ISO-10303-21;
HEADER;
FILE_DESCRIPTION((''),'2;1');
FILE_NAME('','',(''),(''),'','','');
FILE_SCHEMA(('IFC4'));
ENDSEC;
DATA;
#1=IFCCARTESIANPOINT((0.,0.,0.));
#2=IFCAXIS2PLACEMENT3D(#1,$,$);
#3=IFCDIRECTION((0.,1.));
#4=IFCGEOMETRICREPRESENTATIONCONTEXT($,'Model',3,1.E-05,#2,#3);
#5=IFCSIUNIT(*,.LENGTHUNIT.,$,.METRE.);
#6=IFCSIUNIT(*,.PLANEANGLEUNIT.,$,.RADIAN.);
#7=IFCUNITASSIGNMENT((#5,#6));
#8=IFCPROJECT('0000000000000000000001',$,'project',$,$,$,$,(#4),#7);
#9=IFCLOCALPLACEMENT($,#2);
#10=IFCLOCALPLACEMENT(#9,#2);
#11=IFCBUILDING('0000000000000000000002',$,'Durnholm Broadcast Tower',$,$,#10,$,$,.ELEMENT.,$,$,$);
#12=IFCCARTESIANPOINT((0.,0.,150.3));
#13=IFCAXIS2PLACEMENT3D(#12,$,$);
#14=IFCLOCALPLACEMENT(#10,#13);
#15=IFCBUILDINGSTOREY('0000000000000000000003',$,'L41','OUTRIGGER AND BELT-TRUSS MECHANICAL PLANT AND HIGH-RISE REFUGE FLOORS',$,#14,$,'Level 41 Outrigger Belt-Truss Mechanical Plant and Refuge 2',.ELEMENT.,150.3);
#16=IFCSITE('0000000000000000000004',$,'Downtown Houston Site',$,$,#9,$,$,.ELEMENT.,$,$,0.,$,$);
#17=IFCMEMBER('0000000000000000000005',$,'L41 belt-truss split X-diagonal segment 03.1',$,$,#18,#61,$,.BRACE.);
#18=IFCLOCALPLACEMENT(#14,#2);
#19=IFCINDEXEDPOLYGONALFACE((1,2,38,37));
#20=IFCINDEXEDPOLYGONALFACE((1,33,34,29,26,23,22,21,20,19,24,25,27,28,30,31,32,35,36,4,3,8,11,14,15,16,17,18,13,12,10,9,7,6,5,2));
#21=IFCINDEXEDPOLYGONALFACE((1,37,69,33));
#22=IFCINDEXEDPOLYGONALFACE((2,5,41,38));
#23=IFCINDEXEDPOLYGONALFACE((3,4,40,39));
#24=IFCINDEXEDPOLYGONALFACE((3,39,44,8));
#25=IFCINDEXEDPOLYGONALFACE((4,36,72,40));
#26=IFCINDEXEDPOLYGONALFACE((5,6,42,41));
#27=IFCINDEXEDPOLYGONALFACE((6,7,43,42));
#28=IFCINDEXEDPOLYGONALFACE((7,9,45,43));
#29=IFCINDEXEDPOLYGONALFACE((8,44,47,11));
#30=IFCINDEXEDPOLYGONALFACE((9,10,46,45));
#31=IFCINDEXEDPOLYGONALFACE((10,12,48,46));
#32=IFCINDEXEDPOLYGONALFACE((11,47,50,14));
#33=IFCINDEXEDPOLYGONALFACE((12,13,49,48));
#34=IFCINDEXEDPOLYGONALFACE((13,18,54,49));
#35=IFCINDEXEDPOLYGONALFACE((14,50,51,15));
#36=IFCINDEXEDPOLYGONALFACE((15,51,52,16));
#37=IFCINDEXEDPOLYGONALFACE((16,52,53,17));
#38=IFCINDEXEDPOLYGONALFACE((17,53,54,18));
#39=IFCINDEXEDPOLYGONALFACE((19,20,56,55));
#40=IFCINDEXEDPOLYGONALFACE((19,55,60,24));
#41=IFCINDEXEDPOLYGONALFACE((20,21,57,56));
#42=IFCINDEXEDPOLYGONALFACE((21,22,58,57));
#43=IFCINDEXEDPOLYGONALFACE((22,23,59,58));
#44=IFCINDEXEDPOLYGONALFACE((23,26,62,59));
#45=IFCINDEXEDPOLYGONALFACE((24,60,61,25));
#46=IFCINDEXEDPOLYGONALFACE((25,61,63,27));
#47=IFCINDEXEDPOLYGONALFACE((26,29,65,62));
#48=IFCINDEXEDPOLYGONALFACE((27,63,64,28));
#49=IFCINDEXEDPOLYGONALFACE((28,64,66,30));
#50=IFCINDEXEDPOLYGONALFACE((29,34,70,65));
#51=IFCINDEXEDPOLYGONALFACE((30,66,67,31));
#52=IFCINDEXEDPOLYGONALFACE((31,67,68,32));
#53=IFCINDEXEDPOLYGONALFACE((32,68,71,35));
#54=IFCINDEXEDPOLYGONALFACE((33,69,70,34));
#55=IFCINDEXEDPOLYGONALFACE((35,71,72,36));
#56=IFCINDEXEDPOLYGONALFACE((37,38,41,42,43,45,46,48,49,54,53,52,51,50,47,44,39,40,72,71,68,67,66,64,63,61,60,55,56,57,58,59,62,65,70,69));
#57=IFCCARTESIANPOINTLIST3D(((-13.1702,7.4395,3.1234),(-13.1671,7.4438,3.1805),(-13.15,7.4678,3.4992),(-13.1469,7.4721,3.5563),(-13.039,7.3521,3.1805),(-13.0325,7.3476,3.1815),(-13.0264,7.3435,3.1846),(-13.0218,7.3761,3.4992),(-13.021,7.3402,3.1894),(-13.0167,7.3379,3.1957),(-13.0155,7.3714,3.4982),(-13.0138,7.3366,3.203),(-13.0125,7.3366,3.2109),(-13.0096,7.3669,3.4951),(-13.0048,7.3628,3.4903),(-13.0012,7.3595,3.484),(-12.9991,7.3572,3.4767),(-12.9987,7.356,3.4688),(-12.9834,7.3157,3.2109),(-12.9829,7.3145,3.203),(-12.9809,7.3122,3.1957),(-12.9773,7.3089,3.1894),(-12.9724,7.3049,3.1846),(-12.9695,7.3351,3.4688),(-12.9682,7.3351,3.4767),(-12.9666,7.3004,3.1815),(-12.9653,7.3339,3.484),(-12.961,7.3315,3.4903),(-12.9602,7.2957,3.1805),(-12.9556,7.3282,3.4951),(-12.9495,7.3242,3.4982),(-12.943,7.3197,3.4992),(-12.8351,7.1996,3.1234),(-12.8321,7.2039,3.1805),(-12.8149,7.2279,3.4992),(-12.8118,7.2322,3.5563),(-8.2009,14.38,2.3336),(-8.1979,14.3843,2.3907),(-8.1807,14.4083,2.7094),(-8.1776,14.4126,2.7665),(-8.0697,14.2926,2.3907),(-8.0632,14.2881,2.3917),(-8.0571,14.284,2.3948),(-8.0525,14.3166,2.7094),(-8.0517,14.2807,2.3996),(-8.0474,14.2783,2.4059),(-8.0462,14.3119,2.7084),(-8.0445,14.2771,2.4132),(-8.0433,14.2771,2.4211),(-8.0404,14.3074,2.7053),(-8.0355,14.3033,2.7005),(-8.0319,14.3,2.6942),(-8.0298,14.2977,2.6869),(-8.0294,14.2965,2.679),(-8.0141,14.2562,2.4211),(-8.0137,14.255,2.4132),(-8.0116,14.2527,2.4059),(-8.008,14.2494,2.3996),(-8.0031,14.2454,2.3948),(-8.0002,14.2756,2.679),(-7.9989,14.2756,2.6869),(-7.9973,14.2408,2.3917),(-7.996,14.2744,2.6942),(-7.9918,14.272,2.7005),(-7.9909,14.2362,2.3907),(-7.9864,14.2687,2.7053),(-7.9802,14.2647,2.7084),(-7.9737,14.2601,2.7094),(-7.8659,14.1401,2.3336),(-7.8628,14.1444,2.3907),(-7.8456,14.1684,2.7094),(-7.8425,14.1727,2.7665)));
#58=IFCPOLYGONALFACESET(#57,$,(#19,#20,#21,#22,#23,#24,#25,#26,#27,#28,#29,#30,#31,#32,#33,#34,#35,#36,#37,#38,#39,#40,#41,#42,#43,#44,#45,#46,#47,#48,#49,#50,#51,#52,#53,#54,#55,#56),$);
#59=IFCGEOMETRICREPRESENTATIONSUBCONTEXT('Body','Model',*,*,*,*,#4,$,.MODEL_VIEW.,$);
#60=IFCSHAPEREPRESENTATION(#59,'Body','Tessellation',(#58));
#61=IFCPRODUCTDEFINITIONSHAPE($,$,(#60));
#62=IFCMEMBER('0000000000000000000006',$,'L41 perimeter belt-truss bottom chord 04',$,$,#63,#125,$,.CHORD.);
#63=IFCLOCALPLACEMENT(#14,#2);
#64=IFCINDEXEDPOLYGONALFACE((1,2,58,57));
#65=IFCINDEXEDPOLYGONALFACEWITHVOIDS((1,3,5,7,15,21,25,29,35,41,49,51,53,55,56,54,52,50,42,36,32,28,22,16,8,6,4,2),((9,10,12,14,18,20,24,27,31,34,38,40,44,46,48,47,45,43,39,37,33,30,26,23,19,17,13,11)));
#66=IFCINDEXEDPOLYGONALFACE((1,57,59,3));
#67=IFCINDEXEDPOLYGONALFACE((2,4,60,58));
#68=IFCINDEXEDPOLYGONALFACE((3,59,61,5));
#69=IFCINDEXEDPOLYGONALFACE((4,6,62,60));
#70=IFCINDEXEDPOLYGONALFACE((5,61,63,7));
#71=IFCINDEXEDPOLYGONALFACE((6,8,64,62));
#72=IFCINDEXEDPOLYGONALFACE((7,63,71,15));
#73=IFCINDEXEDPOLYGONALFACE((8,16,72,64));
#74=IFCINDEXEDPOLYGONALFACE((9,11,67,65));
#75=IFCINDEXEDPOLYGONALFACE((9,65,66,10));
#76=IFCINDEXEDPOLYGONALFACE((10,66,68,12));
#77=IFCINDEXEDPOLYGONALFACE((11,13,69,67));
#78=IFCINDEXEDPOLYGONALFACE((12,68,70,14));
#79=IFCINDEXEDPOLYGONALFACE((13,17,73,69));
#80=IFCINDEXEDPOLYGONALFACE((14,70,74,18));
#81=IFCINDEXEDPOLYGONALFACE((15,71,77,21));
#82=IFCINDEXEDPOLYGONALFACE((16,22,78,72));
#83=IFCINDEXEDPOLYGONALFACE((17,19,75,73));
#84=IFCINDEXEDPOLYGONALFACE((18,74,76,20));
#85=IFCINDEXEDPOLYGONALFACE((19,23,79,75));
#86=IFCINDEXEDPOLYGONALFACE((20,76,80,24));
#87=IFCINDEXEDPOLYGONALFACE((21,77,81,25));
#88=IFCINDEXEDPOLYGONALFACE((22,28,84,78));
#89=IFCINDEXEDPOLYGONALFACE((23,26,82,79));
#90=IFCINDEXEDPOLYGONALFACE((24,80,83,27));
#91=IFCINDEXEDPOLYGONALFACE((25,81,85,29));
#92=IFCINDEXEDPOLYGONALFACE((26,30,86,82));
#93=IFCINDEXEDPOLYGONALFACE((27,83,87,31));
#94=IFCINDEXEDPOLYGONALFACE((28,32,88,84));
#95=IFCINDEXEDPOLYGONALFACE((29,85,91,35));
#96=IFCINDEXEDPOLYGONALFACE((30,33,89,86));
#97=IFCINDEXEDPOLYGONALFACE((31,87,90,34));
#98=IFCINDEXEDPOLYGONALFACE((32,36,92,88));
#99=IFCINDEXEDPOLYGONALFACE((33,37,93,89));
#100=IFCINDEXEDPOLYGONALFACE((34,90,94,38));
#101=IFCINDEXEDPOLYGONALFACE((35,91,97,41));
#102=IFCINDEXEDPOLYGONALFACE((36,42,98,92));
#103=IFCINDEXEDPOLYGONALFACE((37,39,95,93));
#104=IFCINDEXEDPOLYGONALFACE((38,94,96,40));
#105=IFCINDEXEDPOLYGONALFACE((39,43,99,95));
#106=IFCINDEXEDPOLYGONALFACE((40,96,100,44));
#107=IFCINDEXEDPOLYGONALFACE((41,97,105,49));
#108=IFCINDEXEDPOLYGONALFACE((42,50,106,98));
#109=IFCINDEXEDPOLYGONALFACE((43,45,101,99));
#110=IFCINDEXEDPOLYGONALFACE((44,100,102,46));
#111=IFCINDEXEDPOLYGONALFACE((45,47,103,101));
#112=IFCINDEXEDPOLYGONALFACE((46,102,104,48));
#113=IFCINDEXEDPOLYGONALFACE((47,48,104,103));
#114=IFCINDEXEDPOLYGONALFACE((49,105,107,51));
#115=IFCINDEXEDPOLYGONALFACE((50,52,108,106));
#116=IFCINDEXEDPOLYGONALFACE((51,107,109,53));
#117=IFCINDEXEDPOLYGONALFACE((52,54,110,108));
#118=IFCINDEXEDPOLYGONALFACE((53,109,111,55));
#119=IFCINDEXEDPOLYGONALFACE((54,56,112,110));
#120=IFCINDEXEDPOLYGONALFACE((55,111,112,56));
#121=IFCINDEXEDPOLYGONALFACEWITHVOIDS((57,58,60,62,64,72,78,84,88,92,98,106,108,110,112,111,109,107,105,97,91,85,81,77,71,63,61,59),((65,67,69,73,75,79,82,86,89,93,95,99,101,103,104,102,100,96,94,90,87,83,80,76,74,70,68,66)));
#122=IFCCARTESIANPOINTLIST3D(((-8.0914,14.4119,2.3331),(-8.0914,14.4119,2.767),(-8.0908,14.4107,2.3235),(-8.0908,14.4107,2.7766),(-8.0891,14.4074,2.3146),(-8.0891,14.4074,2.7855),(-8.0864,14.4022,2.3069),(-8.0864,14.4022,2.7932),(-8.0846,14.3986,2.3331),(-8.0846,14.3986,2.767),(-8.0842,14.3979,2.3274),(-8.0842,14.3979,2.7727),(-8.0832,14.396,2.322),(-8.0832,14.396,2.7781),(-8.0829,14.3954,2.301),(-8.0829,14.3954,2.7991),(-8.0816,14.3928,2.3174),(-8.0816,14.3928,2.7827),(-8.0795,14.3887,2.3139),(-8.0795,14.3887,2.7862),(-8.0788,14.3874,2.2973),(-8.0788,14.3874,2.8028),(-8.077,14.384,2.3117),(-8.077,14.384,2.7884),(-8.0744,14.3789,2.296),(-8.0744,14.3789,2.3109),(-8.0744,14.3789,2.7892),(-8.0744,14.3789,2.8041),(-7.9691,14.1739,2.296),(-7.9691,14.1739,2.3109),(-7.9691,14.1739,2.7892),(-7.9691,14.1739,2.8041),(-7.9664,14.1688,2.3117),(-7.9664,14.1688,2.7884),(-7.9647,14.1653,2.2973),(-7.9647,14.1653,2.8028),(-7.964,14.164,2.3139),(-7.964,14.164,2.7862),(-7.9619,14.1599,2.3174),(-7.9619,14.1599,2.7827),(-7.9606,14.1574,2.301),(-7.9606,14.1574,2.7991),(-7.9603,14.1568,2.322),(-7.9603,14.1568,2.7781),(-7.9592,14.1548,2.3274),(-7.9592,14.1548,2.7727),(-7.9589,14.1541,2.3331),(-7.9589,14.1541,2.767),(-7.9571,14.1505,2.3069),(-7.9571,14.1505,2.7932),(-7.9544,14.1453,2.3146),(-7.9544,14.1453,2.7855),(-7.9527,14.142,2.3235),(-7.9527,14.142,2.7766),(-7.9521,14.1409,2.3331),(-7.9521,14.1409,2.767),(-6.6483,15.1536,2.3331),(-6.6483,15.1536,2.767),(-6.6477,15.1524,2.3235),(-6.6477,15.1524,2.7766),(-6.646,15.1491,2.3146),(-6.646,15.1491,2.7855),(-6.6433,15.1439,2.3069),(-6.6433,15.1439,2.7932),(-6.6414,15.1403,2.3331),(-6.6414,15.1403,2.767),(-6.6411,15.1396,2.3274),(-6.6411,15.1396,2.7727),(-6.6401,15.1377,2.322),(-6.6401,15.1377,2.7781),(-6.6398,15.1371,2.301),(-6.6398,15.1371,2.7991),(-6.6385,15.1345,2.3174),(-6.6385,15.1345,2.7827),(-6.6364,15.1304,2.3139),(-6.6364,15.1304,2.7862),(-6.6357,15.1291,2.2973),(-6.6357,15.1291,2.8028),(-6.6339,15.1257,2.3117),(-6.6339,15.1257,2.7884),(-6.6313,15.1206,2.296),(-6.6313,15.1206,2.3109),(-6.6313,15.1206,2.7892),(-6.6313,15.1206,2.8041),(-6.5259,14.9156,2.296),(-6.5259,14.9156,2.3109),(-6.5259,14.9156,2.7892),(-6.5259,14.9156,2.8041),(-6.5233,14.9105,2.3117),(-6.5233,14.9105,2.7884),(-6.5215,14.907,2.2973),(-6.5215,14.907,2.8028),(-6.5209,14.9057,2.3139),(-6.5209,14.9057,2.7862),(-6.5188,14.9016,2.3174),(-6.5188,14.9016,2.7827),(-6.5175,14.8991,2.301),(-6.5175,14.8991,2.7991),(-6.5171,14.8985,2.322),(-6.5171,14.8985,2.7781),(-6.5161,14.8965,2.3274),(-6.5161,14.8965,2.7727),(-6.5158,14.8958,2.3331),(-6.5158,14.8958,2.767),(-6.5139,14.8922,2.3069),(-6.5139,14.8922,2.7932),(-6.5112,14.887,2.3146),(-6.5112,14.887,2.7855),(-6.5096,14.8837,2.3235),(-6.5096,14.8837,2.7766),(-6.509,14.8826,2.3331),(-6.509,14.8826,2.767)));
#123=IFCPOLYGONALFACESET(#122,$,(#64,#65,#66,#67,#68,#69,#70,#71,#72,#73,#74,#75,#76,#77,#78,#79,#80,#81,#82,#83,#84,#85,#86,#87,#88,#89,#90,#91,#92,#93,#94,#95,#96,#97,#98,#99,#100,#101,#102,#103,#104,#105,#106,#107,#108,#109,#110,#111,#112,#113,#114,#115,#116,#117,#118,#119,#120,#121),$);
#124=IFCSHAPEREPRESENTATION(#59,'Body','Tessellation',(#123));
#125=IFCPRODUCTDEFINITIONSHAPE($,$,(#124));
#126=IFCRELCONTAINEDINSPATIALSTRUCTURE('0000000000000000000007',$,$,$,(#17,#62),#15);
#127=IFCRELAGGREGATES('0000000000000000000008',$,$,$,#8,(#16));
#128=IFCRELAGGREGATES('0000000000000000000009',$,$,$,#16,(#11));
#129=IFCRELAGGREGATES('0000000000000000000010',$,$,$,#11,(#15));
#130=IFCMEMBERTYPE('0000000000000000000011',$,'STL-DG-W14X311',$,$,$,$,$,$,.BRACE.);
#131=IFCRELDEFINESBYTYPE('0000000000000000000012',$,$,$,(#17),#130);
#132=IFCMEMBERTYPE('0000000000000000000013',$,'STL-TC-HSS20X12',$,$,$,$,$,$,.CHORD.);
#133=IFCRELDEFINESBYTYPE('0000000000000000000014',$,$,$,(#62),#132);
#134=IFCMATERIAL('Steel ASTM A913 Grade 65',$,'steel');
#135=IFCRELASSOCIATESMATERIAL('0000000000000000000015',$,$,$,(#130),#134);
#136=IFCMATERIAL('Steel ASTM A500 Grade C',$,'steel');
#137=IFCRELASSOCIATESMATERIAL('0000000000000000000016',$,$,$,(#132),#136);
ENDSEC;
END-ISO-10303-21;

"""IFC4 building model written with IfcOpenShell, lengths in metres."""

from ifc_helpers import new_model, si_unit, direction, frame, origin, origin_2d, place, context, subcontext, project, spatial, hollow_rectangle, i_section, extrude, source, transform, mapped, material, material_profile, profile_set, type_object, type_shapes, element, save


model = new_model("IFC4")

# Units and contexts
model_context = context("Model", 3, precision=1e-05, world=origin(), true_north=direction((0.0, 1.0)))
body_context = subcontext(model_context, "Body", "Model", "MODEL_VIEW")
ifc_project = project(units=[si_unit("LENGTHUNIT", "METRE"), si_unit("PLANEANGLEUNIT", "RADIAN")], contexts=[model_context])

# Site, building, storey
site_placement = place(None, origin())
site = spatial("IfcSite", under=ifc_project, at=site_placement, Name="Downtown Houston Site", CompositionType="ELEMENT", RefElevation=0.0)
building_placement = place(site_placement, origin())
building = spatial("IfcBuilding", under=site, at=building_placement, Name="Durnholm Broadcast Tower", CompositionType="ELEMENT")
storey_placement = place(building_placement, frame((0.0, 0.0, 150.3)))
storey = spatial("IfcBuildingStorey", under=building, at=storey_placement, Name="L41", Description="OUTRIGGER AND BELT-TRUSS MECHANICAL PLANT AND HIGH-RISE REFUGE FLOORS", LongName="Level 41 Outrigger Belt-Truss Mechanical Plant and Refuge 2", CompositionType="ELEMENT", Elevation=150.3)

# Members
ifc_material_1 = material(Name="Steel ASTM A913 Grade 65", Category="steel")
ifc_material_profile_1 = material_profile(ifc_material_1, i_section(OverallWidth=0.4121, OverallDepth=0.4348, WebThickness=0.0359, FlangeThickness=0.0574, FilletRadius=0.0305, at=origin_2d()), Name="W14X311")
ifc_profile_set_1 = profile_set([ifc_material_profile_1], Name="Steel ASTM A913 Grade 65")
member_type_1 = type_object("IfcMemberType", Name="STL-DG-W14X311", PredefinedType="BRACE", material=ifc_profile_set_1)
shared_shape_1 = source(origin(), body_context, "Body", "SweptSolid", [
    extrude(i_section(OverallWidth=0.4121, OverallDepth=0.4348, WebThickness=0.0359, FlangeThickness=0.0574, FilletRadius=0.0305, at=origin_2d()), origin(), (0.0, 0.0, 1.0), 8.5725),
])
member_1_placement = place(storey_placement, frame((-8.0217, 14.2764, 2.55), z_axis=(-0.579676, -0.809622, 0.092132), x_axis=(0.81308, -0.582152, 0.0)))
element("IfcMember", 1, at=member_1_placement, inside=storey, type_object=member_type_1, Name="L41 belt-truss split X-diagonal segment 03.1", PredefinedType="BRACE", context=body_context, shape_type="MappedRepresentation", body=[
    mapped(shared_shape_1, transform((0.0, 0.0, 0.0), x_axis=(1.0, 0.0, 0.0), y_axis=(0.0, 1.0, 0.0), z_axis=(0.0, 0.0, 1.0), scale=1.0)),
])
ifc_material_2 = material(Name="Steel ASTM A500 Grade C", Category="steel")
ifc_material_profile_2 = material_profile(ifc_material_2, hollow_rectangle(XDim=0.3047, YDim=0.5081, WallThickness=0.0149, InnerFilletRadius=0.0222, OuterFilletRadius=0.0371, at=origin_2d()), Name="HSS20X12X5/8")
ifc_profile_set_2 = profile_set([ifc_material_profile_2], Name="Steel ASTM A500 Grade C")
member_type_2 = type_object("IfcMemberType", Name="STL-TC-HSS20X12", PredefinedType="CHORD", material=ifc_profile_set_2)
shared_shape_2 = source(origin(), body_context, "Body", "SweptSolid", [
    extrude(hollow_rectangle(XDim=0.3047, YDim=0.5081, WallThickness=0.0149, InnerFilletRadius=0.0222, OuterFilletRadius=0.0371, at=origin_2d()), origin(), (0.0, 0.0, 1.0), 1.6226),
])
type_shapes(member_type_2, [shared_shape_2])
member_2_placement = place(storey_placement, frame((-8.0217, 14.2764, 2.55), z_axis=(0.889407, 0.457117, 0.0), x_axis=(-0.457117, 0.889407, 0.0)))
element("IfcMember", 2, at=member_2_placement, inside=storey, type_object=member_type_2, Name="L41 perimeter belt-truss bottom chord 04", PredefinedType="CHORD", context=body_context, shape_type="MappedRepresentation", body=[
    mapped(shared_shape_2, transform((0.0, 0.0, 0.0), x_axis=(1.0, 0.0, 0.0), y_axis=(0.0, 1.0, 0.0), z_axis=(0.0, 0.0, 1.0), scale=1.0)),
])

save(model, "model.ifc")
